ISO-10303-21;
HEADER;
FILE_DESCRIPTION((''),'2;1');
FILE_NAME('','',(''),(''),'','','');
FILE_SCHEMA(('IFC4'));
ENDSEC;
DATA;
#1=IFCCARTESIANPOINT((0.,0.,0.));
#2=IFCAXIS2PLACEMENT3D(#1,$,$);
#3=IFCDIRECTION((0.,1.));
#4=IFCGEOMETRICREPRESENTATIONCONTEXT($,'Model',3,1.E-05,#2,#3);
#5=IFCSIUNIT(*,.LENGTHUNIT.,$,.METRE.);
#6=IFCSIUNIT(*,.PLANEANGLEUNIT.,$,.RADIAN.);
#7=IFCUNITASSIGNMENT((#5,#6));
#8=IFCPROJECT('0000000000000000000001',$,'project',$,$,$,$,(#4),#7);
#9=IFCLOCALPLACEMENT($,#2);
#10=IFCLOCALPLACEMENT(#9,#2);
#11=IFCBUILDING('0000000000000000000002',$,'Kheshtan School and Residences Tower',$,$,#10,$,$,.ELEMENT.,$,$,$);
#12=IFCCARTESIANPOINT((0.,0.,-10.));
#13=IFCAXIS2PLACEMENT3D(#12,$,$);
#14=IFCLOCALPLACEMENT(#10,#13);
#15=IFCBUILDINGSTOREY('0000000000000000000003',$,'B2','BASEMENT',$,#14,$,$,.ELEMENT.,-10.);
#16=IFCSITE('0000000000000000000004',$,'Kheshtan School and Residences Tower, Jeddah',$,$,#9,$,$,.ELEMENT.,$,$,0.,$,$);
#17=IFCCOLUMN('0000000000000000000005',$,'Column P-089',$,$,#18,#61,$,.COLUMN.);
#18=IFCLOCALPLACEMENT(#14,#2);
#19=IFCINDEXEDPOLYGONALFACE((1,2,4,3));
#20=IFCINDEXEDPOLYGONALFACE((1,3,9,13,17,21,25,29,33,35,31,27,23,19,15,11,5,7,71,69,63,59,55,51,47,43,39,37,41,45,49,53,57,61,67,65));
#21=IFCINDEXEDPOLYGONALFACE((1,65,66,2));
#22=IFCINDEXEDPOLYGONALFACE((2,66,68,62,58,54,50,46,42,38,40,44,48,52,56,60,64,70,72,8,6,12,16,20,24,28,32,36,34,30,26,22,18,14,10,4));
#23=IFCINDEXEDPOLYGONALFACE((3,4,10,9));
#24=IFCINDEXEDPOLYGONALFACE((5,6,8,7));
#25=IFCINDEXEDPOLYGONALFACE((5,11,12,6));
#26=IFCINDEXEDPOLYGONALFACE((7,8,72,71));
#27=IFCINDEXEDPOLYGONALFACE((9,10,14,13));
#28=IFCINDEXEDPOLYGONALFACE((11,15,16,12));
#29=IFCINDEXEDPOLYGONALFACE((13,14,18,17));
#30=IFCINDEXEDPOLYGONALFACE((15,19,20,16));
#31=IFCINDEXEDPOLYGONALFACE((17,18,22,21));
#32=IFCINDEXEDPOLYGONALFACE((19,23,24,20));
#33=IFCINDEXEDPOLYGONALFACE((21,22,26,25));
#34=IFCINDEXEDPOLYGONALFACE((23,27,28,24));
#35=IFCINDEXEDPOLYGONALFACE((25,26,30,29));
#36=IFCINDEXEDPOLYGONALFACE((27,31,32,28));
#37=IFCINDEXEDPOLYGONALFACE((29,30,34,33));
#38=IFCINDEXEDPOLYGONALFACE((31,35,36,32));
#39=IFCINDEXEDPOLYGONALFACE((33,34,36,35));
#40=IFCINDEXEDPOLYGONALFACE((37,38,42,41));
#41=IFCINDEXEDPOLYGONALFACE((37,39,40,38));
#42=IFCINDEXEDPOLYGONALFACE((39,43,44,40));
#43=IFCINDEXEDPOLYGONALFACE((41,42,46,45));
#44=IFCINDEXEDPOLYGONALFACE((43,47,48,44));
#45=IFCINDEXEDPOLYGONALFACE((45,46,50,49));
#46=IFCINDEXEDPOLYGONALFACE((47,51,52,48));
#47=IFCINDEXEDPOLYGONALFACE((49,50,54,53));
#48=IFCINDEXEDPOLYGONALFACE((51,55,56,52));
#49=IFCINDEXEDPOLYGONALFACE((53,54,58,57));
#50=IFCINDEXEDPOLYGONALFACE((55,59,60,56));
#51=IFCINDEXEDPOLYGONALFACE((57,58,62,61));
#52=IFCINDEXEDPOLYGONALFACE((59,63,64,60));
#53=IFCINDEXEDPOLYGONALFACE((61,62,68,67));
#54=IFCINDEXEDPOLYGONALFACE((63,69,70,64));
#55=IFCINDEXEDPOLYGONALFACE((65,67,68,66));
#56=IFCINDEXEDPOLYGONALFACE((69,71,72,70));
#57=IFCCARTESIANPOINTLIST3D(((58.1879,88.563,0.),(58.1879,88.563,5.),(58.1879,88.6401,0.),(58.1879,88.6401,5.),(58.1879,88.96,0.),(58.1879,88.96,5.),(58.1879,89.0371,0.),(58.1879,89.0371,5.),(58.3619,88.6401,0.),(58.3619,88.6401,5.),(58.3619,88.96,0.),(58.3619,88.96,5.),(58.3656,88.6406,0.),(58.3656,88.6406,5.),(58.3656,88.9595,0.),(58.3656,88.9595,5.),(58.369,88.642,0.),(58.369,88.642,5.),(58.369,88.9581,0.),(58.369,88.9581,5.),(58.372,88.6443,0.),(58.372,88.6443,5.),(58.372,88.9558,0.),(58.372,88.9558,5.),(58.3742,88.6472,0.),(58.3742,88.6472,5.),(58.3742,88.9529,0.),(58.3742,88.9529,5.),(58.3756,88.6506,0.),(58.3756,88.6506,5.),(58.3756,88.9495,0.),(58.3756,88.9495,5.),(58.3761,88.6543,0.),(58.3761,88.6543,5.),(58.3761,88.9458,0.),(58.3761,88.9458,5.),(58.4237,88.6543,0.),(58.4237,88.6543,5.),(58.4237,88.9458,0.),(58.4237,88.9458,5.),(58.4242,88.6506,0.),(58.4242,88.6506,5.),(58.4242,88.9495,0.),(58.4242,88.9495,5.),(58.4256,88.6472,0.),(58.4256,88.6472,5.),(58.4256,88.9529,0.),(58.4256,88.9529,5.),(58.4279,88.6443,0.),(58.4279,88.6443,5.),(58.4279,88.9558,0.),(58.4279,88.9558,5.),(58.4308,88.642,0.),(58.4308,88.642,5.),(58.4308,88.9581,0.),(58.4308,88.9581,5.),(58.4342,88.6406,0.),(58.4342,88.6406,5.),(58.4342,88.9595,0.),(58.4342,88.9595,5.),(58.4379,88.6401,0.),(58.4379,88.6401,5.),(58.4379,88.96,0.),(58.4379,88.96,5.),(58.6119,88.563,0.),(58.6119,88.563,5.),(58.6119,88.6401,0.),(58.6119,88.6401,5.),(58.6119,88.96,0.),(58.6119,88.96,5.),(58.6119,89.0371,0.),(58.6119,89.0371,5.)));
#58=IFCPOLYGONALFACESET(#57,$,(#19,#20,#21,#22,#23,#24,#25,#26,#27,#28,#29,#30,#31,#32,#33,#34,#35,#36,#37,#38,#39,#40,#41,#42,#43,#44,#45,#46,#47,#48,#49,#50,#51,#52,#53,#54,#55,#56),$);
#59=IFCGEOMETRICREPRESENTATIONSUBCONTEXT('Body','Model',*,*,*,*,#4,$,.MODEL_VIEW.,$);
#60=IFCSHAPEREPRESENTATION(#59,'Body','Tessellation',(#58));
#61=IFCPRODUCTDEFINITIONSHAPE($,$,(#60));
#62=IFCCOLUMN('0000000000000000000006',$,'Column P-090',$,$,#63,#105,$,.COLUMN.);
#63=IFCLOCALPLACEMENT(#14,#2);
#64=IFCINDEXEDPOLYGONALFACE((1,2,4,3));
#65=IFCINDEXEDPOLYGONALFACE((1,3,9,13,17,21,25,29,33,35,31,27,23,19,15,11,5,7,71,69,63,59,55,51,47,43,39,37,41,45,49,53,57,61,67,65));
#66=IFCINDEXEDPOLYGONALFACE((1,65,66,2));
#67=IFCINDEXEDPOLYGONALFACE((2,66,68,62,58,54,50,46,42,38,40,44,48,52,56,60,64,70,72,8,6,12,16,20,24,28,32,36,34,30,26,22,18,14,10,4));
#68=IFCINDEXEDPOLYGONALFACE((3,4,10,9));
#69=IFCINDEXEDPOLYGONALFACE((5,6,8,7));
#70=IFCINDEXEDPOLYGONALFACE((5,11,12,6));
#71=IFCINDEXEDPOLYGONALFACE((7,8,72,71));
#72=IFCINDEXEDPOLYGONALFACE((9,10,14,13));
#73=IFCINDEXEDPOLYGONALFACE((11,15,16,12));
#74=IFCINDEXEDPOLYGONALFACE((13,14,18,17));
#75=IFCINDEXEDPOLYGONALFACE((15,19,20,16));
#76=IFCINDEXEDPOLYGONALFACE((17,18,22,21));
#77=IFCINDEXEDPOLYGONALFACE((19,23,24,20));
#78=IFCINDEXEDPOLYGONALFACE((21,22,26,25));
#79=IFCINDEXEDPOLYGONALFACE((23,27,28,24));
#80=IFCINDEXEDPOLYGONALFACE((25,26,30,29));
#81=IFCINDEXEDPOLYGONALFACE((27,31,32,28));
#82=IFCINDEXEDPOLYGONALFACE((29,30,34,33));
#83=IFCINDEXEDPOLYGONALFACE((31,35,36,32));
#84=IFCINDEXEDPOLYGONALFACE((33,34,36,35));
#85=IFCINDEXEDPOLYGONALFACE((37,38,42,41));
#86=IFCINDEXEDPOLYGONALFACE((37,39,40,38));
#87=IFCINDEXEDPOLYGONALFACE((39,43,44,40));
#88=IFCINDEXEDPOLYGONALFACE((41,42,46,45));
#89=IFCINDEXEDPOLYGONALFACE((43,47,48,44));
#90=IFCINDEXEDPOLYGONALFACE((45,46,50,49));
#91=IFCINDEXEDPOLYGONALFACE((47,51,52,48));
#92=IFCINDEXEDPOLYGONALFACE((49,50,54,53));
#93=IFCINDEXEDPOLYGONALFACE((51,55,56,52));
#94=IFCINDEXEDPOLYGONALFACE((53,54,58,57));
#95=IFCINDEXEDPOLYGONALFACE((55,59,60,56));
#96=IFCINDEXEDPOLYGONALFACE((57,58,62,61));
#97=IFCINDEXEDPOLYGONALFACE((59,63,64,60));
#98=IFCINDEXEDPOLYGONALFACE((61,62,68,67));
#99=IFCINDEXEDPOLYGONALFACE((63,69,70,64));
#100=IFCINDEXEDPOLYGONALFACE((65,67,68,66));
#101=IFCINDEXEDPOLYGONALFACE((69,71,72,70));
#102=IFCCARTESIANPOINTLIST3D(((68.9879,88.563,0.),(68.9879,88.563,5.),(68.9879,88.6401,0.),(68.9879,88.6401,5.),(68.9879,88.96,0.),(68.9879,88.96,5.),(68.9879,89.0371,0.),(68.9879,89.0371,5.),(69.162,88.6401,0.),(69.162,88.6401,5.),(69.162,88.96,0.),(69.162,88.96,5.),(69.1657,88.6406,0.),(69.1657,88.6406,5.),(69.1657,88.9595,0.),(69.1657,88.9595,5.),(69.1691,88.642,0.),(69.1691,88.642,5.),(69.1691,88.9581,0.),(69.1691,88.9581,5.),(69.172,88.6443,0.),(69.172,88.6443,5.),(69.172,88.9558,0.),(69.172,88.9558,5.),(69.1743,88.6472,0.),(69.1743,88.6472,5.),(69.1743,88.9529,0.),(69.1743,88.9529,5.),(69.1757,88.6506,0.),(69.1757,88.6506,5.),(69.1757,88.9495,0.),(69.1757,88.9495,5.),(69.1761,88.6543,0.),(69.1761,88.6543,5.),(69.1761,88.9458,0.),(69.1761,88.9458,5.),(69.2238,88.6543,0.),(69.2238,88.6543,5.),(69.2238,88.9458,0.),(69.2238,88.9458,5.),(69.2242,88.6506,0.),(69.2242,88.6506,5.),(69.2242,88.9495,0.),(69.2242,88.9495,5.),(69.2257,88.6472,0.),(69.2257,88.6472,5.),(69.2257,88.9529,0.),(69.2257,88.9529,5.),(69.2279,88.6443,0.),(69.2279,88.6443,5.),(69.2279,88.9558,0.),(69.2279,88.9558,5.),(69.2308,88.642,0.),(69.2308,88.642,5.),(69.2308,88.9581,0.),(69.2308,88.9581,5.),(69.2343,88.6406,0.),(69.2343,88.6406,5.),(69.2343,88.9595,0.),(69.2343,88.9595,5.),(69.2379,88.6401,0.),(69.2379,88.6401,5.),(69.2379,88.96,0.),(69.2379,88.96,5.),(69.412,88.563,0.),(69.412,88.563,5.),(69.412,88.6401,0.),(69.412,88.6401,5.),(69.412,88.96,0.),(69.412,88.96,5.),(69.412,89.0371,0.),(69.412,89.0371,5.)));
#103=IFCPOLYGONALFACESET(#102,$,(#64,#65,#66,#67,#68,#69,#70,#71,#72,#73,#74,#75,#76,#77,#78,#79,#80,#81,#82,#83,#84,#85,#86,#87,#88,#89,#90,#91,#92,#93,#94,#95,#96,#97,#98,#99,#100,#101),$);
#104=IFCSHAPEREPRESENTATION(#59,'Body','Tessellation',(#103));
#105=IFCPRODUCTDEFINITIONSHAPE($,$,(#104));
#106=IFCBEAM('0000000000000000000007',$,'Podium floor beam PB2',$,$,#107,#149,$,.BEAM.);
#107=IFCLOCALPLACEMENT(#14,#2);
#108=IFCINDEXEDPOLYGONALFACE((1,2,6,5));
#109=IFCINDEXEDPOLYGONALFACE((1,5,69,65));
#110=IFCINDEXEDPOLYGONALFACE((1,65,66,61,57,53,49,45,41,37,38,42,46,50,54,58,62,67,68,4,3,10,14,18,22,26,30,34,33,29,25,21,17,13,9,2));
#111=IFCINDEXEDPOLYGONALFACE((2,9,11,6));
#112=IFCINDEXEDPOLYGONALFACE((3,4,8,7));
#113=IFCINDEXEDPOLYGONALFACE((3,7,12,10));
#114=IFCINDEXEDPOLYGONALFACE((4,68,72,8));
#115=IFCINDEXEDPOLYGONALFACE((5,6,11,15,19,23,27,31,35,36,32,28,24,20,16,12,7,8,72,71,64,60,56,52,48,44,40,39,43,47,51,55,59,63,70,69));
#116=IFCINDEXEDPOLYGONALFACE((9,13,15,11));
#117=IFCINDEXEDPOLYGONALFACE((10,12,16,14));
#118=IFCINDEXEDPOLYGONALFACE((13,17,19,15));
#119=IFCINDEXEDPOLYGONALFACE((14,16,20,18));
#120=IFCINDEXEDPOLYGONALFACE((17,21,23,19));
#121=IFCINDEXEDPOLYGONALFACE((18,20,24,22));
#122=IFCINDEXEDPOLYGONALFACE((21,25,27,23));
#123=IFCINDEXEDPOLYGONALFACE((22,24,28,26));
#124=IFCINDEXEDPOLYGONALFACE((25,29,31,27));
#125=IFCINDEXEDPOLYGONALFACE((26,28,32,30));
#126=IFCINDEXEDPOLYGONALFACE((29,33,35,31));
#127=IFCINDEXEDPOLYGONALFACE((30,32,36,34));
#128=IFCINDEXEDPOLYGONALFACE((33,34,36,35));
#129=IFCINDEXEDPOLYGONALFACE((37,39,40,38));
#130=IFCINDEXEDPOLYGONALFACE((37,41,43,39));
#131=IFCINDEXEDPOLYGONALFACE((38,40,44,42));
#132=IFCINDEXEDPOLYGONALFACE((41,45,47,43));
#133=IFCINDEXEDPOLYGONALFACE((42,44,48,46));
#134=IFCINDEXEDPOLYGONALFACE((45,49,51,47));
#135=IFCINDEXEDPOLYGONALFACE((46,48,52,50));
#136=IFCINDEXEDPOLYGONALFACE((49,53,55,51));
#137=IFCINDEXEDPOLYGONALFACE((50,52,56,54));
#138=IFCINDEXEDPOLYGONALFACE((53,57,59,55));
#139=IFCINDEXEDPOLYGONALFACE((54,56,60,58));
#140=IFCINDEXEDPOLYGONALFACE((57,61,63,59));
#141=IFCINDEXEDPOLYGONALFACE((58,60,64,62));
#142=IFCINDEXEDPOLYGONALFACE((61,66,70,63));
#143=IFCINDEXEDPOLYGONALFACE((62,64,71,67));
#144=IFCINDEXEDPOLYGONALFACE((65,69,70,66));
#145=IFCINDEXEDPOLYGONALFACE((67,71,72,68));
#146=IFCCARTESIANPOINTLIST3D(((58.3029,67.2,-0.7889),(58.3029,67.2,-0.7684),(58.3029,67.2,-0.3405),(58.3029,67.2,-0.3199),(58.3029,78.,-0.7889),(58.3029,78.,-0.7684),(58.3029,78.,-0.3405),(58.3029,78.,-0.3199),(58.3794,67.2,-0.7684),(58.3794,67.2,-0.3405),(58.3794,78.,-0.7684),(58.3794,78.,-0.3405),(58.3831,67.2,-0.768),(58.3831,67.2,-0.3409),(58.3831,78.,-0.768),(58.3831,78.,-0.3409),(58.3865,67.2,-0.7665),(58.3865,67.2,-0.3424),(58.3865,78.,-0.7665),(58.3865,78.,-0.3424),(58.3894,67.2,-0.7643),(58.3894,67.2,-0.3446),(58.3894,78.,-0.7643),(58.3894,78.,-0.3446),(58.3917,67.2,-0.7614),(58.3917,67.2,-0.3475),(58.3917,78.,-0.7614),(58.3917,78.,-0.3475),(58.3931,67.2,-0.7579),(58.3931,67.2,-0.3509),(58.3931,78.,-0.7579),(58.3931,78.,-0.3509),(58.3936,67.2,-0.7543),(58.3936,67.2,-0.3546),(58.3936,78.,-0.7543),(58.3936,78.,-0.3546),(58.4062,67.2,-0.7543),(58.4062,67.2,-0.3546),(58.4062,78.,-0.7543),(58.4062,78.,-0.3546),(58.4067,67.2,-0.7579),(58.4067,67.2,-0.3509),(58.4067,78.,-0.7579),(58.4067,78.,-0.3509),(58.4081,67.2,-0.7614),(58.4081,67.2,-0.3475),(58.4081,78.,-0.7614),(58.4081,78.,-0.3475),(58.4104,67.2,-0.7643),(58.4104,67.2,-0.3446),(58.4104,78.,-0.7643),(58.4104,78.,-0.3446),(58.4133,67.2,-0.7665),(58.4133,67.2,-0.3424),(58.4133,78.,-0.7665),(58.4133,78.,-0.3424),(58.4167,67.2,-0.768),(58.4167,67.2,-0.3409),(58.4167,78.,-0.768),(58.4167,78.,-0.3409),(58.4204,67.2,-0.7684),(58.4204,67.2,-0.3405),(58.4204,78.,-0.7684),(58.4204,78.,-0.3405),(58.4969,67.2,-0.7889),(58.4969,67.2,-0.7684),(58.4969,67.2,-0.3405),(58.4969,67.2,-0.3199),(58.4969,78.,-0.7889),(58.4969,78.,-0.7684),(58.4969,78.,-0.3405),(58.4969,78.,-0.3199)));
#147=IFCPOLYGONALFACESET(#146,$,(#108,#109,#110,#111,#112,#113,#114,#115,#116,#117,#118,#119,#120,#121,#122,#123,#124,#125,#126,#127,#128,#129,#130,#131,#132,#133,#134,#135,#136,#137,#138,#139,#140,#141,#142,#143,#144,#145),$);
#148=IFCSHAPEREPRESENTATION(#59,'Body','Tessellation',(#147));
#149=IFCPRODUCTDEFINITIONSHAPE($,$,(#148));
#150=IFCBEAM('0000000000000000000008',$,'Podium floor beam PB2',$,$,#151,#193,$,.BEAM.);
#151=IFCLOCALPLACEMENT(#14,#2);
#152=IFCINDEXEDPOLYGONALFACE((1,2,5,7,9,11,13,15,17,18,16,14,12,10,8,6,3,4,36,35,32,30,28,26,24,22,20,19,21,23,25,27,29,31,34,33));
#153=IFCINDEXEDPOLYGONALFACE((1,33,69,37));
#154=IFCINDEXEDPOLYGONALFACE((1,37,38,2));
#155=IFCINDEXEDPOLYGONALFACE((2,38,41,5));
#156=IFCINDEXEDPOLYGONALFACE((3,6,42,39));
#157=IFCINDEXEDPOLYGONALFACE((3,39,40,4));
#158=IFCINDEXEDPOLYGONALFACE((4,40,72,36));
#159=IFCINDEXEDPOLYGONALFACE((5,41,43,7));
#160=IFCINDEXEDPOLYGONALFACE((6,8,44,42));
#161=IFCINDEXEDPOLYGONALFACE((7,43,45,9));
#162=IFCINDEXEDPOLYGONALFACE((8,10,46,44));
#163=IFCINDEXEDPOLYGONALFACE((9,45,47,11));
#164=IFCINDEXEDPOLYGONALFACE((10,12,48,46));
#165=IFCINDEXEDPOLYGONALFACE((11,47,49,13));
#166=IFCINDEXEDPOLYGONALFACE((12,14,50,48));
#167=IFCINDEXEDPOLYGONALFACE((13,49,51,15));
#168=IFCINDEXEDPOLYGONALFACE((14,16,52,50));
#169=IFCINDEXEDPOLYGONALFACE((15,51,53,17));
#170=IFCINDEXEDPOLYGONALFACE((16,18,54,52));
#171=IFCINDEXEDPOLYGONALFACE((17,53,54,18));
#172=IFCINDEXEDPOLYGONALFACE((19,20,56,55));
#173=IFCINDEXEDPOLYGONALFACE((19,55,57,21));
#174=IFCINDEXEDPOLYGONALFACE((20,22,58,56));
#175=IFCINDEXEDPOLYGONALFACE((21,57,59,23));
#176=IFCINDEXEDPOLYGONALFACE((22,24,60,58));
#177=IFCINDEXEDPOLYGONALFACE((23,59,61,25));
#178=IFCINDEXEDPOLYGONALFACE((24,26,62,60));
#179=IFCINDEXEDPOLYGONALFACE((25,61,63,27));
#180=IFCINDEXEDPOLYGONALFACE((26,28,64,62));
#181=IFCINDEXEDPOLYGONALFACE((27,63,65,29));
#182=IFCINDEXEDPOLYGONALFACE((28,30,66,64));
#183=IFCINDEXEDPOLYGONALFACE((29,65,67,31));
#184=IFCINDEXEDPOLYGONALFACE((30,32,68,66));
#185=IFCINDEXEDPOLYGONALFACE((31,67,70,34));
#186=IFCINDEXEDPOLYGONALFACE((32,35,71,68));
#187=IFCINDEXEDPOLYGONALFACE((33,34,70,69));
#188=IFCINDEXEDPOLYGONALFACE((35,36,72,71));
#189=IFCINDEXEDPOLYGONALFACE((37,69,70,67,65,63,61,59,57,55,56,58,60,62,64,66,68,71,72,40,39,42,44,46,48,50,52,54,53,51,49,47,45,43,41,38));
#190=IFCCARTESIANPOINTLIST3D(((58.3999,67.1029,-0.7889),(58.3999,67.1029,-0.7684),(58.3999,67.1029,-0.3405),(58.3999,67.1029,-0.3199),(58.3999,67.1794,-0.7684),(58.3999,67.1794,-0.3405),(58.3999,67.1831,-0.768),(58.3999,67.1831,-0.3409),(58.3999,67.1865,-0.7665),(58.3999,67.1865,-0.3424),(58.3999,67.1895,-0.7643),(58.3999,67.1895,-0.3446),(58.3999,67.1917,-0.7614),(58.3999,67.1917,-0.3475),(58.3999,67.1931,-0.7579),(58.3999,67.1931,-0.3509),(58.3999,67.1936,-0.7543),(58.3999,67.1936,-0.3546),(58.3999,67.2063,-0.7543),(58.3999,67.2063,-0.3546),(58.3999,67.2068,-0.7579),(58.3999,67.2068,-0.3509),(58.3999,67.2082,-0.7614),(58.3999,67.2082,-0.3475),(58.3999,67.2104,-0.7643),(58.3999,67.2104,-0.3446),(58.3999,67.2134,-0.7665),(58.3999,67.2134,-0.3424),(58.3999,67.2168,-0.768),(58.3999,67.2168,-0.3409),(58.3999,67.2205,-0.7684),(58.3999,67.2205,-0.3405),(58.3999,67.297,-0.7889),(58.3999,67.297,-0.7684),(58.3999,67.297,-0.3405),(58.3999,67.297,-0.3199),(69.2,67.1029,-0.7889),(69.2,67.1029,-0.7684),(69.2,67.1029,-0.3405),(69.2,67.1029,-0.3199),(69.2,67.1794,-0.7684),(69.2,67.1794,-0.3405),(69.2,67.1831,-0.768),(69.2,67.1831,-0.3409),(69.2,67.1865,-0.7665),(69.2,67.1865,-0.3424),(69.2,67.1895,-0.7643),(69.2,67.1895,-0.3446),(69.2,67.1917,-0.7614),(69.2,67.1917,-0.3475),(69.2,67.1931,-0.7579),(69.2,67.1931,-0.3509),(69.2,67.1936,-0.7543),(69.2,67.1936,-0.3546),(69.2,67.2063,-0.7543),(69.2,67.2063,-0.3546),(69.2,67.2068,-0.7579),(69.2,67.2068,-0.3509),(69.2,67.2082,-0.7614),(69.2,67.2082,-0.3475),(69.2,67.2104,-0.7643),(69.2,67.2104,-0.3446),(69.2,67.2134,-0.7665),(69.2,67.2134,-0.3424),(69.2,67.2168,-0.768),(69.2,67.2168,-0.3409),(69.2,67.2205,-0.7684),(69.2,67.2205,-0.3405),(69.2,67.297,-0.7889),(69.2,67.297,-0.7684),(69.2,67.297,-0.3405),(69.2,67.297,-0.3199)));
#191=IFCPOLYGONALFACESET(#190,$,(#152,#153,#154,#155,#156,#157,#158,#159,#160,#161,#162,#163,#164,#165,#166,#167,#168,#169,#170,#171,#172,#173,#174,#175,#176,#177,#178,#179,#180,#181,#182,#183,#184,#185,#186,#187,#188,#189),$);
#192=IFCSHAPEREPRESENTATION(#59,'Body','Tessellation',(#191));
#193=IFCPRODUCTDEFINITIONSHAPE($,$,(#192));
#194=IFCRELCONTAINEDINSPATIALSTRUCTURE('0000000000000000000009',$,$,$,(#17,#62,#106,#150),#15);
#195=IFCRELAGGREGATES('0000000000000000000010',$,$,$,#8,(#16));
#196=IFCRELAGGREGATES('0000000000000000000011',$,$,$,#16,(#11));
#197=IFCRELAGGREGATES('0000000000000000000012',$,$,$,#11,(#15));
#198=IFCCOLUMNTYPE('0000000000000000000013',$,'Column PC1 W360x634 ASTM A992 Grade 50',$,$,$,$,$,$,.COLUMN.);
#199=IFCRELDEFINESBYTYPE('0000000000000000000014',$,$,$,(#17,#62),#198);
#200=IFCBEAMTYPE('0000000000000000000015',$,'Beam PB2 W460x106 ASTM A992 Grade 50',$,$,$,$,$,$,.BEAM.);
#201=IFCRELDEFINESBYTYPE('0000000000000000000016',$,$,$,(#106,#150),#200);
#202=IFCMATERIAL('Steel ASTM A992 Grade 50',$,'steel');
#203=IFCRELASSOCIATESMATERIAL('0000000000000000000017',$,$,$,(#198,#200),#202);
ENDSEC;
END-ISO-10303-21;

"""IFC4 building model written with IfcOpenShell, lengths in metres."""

from ifc_helpers import new_model, si_unit, direction, frame, origin, origin_2d, place, context, subcontext, project, spatial, i_section, extrude, material, material_profile, profile_set, type_object, element, save


model = new_model("IFC4")

# Units and contexts
model_context = context("Model", 3, precision=1e-05, world=origin(), true_north=direction((0.0, 1.0)))
body_context = subcontext(model_context, "Body", "Model", "MODEL_VIEW")
ifc_project = project(units=[si_unit("LENGTHUNIT", "METRE"), si_unit("PLANEANGLEUNIT", "RADIAN")], contexts=[model_context])

# Site, building, storey
site_placement = place(None, origin())
site = spatial("IfcSite", under=ifc_project, at=site_placement, Name="Kheshtan School and Residences Tower, Jeddah", CompositionType="ELEMENT", RefElevation=0.0)
building_placement = place(site_placement, origin())
building = spatial("IfcBuilding", under=site, at=building_placement, Name="Kheshtan School and Residences Tower", CompositionType="ELEMENT")
storey_placement = place(building_placement, frame((0.0, 0.0, -10.0)))
storey = spatial("IfcBuildingStorey", under=building, at=storey_placement, Name="B2", Description="BASEMENT", CompositionType="ELEMENT", Elevation=-10.0)

# Columns
ifc_material_1 = material(Name="Steel ASTM A992 Grade 50", Category="steel")
ifc_material_profile_1 = material_profile(ifc_material_1, i_section(OverallWidth=0.4241, OverallDepth=0.4741, WebThickness=0.0476, FlangeThickness=0.0771, FilletRadius=0.0142, at=origin_2d()), Name="W360x634")
ifc_profile_set_1 = profile_set([ifc_material_profile_1], Name="Steel ASTM A992 Grade 50")
column_type = type_object("IfcColumnType", Name="Column PC1 W360x634 ASTM A992 Grade 50", PredefinedType="COLUMN", material=ifc_profile_set_1)
for number, where, z_axis, x_axis, name in (
    (1, (58.3999, 88.8, 0.0), (0.0, 0.0, 1.0), (1.0, 0.0, 0.0), "Column P-089"),
    (2, (69.2, 88.8, 0.0), (0.0, 0.0, 1.0), (1.0, 0.0, 0.0), "Column P-090"),
):
    element("IfcColumn", number, at=place(storey_placement, frame(where, z_axis=z_axis, x_axis=x_axis)), inside=storey, type_object=column_type, Name=name, PredefinedType="COLUMN", context=body_context, shape_type="SweptSolid", body=[
        extrude(i_section(OverallWidth=0.4241, OverallDepth=0.4741, WebThickness=0.0476, FlangeThickness=0.0771, FilletRadius=0.0142, at=origin_2d()), origin(), (0.0, 0.0, 1.0), 5.0),
    ])

# Beams
ifc_material_profile_2 = material_profile(ifc_material_1, i_section(OverallWidth=0.1941, OverallDepth=0.469, WebThickness=0.0127, FlangeThickness=0.0205, FilletRadius=0.0142, at=origin_2d()), Name="W460x106")
ifc_profile_set_2 = profile_set([ifc_material_profile_2], Name="Steel ASTM A992 Grade 50")
beam_type = type_object("IfcBeamType", Name="Beam PB2 W460x106 ASTM A992 Grade 50", PredefinedType="BEAM", material=ifc_profile_set_2)
for number, where, z_axis, x_axis, name in (
    (3, (58.3999, 67.2, -0.5544), (0.0, 1.0, 0.0), (-1.0, 0.0, 0.0), "Podium floor beam PB2"),
    (4, (58.3999, 67.2, -0.5544), (1.0, 0.0, 0.0), (0.0, 1.0, 0.0), "Podium floor beam PB2"),
):
    element("IfcBeam", number, at=place(storey_placement, frame(where, z_axis=z_axis, x_axis=x_axis)), inside=storey, type_object=beam_type, Name=name, PredefinedType="BEAM", context=body_context, shape_type="SweptSolid", body=[
        extrude(i_section(OverallWidth=0.1941, OverallDepth=0.469, WebThickness=0.0127, FlangeThickness=0.0205, FilletRadius=0.0142, at=origin_2d()), origin(), (0.0, 0.0, 1.0), 10.8),
    ])

save(model, "model.ifc")
